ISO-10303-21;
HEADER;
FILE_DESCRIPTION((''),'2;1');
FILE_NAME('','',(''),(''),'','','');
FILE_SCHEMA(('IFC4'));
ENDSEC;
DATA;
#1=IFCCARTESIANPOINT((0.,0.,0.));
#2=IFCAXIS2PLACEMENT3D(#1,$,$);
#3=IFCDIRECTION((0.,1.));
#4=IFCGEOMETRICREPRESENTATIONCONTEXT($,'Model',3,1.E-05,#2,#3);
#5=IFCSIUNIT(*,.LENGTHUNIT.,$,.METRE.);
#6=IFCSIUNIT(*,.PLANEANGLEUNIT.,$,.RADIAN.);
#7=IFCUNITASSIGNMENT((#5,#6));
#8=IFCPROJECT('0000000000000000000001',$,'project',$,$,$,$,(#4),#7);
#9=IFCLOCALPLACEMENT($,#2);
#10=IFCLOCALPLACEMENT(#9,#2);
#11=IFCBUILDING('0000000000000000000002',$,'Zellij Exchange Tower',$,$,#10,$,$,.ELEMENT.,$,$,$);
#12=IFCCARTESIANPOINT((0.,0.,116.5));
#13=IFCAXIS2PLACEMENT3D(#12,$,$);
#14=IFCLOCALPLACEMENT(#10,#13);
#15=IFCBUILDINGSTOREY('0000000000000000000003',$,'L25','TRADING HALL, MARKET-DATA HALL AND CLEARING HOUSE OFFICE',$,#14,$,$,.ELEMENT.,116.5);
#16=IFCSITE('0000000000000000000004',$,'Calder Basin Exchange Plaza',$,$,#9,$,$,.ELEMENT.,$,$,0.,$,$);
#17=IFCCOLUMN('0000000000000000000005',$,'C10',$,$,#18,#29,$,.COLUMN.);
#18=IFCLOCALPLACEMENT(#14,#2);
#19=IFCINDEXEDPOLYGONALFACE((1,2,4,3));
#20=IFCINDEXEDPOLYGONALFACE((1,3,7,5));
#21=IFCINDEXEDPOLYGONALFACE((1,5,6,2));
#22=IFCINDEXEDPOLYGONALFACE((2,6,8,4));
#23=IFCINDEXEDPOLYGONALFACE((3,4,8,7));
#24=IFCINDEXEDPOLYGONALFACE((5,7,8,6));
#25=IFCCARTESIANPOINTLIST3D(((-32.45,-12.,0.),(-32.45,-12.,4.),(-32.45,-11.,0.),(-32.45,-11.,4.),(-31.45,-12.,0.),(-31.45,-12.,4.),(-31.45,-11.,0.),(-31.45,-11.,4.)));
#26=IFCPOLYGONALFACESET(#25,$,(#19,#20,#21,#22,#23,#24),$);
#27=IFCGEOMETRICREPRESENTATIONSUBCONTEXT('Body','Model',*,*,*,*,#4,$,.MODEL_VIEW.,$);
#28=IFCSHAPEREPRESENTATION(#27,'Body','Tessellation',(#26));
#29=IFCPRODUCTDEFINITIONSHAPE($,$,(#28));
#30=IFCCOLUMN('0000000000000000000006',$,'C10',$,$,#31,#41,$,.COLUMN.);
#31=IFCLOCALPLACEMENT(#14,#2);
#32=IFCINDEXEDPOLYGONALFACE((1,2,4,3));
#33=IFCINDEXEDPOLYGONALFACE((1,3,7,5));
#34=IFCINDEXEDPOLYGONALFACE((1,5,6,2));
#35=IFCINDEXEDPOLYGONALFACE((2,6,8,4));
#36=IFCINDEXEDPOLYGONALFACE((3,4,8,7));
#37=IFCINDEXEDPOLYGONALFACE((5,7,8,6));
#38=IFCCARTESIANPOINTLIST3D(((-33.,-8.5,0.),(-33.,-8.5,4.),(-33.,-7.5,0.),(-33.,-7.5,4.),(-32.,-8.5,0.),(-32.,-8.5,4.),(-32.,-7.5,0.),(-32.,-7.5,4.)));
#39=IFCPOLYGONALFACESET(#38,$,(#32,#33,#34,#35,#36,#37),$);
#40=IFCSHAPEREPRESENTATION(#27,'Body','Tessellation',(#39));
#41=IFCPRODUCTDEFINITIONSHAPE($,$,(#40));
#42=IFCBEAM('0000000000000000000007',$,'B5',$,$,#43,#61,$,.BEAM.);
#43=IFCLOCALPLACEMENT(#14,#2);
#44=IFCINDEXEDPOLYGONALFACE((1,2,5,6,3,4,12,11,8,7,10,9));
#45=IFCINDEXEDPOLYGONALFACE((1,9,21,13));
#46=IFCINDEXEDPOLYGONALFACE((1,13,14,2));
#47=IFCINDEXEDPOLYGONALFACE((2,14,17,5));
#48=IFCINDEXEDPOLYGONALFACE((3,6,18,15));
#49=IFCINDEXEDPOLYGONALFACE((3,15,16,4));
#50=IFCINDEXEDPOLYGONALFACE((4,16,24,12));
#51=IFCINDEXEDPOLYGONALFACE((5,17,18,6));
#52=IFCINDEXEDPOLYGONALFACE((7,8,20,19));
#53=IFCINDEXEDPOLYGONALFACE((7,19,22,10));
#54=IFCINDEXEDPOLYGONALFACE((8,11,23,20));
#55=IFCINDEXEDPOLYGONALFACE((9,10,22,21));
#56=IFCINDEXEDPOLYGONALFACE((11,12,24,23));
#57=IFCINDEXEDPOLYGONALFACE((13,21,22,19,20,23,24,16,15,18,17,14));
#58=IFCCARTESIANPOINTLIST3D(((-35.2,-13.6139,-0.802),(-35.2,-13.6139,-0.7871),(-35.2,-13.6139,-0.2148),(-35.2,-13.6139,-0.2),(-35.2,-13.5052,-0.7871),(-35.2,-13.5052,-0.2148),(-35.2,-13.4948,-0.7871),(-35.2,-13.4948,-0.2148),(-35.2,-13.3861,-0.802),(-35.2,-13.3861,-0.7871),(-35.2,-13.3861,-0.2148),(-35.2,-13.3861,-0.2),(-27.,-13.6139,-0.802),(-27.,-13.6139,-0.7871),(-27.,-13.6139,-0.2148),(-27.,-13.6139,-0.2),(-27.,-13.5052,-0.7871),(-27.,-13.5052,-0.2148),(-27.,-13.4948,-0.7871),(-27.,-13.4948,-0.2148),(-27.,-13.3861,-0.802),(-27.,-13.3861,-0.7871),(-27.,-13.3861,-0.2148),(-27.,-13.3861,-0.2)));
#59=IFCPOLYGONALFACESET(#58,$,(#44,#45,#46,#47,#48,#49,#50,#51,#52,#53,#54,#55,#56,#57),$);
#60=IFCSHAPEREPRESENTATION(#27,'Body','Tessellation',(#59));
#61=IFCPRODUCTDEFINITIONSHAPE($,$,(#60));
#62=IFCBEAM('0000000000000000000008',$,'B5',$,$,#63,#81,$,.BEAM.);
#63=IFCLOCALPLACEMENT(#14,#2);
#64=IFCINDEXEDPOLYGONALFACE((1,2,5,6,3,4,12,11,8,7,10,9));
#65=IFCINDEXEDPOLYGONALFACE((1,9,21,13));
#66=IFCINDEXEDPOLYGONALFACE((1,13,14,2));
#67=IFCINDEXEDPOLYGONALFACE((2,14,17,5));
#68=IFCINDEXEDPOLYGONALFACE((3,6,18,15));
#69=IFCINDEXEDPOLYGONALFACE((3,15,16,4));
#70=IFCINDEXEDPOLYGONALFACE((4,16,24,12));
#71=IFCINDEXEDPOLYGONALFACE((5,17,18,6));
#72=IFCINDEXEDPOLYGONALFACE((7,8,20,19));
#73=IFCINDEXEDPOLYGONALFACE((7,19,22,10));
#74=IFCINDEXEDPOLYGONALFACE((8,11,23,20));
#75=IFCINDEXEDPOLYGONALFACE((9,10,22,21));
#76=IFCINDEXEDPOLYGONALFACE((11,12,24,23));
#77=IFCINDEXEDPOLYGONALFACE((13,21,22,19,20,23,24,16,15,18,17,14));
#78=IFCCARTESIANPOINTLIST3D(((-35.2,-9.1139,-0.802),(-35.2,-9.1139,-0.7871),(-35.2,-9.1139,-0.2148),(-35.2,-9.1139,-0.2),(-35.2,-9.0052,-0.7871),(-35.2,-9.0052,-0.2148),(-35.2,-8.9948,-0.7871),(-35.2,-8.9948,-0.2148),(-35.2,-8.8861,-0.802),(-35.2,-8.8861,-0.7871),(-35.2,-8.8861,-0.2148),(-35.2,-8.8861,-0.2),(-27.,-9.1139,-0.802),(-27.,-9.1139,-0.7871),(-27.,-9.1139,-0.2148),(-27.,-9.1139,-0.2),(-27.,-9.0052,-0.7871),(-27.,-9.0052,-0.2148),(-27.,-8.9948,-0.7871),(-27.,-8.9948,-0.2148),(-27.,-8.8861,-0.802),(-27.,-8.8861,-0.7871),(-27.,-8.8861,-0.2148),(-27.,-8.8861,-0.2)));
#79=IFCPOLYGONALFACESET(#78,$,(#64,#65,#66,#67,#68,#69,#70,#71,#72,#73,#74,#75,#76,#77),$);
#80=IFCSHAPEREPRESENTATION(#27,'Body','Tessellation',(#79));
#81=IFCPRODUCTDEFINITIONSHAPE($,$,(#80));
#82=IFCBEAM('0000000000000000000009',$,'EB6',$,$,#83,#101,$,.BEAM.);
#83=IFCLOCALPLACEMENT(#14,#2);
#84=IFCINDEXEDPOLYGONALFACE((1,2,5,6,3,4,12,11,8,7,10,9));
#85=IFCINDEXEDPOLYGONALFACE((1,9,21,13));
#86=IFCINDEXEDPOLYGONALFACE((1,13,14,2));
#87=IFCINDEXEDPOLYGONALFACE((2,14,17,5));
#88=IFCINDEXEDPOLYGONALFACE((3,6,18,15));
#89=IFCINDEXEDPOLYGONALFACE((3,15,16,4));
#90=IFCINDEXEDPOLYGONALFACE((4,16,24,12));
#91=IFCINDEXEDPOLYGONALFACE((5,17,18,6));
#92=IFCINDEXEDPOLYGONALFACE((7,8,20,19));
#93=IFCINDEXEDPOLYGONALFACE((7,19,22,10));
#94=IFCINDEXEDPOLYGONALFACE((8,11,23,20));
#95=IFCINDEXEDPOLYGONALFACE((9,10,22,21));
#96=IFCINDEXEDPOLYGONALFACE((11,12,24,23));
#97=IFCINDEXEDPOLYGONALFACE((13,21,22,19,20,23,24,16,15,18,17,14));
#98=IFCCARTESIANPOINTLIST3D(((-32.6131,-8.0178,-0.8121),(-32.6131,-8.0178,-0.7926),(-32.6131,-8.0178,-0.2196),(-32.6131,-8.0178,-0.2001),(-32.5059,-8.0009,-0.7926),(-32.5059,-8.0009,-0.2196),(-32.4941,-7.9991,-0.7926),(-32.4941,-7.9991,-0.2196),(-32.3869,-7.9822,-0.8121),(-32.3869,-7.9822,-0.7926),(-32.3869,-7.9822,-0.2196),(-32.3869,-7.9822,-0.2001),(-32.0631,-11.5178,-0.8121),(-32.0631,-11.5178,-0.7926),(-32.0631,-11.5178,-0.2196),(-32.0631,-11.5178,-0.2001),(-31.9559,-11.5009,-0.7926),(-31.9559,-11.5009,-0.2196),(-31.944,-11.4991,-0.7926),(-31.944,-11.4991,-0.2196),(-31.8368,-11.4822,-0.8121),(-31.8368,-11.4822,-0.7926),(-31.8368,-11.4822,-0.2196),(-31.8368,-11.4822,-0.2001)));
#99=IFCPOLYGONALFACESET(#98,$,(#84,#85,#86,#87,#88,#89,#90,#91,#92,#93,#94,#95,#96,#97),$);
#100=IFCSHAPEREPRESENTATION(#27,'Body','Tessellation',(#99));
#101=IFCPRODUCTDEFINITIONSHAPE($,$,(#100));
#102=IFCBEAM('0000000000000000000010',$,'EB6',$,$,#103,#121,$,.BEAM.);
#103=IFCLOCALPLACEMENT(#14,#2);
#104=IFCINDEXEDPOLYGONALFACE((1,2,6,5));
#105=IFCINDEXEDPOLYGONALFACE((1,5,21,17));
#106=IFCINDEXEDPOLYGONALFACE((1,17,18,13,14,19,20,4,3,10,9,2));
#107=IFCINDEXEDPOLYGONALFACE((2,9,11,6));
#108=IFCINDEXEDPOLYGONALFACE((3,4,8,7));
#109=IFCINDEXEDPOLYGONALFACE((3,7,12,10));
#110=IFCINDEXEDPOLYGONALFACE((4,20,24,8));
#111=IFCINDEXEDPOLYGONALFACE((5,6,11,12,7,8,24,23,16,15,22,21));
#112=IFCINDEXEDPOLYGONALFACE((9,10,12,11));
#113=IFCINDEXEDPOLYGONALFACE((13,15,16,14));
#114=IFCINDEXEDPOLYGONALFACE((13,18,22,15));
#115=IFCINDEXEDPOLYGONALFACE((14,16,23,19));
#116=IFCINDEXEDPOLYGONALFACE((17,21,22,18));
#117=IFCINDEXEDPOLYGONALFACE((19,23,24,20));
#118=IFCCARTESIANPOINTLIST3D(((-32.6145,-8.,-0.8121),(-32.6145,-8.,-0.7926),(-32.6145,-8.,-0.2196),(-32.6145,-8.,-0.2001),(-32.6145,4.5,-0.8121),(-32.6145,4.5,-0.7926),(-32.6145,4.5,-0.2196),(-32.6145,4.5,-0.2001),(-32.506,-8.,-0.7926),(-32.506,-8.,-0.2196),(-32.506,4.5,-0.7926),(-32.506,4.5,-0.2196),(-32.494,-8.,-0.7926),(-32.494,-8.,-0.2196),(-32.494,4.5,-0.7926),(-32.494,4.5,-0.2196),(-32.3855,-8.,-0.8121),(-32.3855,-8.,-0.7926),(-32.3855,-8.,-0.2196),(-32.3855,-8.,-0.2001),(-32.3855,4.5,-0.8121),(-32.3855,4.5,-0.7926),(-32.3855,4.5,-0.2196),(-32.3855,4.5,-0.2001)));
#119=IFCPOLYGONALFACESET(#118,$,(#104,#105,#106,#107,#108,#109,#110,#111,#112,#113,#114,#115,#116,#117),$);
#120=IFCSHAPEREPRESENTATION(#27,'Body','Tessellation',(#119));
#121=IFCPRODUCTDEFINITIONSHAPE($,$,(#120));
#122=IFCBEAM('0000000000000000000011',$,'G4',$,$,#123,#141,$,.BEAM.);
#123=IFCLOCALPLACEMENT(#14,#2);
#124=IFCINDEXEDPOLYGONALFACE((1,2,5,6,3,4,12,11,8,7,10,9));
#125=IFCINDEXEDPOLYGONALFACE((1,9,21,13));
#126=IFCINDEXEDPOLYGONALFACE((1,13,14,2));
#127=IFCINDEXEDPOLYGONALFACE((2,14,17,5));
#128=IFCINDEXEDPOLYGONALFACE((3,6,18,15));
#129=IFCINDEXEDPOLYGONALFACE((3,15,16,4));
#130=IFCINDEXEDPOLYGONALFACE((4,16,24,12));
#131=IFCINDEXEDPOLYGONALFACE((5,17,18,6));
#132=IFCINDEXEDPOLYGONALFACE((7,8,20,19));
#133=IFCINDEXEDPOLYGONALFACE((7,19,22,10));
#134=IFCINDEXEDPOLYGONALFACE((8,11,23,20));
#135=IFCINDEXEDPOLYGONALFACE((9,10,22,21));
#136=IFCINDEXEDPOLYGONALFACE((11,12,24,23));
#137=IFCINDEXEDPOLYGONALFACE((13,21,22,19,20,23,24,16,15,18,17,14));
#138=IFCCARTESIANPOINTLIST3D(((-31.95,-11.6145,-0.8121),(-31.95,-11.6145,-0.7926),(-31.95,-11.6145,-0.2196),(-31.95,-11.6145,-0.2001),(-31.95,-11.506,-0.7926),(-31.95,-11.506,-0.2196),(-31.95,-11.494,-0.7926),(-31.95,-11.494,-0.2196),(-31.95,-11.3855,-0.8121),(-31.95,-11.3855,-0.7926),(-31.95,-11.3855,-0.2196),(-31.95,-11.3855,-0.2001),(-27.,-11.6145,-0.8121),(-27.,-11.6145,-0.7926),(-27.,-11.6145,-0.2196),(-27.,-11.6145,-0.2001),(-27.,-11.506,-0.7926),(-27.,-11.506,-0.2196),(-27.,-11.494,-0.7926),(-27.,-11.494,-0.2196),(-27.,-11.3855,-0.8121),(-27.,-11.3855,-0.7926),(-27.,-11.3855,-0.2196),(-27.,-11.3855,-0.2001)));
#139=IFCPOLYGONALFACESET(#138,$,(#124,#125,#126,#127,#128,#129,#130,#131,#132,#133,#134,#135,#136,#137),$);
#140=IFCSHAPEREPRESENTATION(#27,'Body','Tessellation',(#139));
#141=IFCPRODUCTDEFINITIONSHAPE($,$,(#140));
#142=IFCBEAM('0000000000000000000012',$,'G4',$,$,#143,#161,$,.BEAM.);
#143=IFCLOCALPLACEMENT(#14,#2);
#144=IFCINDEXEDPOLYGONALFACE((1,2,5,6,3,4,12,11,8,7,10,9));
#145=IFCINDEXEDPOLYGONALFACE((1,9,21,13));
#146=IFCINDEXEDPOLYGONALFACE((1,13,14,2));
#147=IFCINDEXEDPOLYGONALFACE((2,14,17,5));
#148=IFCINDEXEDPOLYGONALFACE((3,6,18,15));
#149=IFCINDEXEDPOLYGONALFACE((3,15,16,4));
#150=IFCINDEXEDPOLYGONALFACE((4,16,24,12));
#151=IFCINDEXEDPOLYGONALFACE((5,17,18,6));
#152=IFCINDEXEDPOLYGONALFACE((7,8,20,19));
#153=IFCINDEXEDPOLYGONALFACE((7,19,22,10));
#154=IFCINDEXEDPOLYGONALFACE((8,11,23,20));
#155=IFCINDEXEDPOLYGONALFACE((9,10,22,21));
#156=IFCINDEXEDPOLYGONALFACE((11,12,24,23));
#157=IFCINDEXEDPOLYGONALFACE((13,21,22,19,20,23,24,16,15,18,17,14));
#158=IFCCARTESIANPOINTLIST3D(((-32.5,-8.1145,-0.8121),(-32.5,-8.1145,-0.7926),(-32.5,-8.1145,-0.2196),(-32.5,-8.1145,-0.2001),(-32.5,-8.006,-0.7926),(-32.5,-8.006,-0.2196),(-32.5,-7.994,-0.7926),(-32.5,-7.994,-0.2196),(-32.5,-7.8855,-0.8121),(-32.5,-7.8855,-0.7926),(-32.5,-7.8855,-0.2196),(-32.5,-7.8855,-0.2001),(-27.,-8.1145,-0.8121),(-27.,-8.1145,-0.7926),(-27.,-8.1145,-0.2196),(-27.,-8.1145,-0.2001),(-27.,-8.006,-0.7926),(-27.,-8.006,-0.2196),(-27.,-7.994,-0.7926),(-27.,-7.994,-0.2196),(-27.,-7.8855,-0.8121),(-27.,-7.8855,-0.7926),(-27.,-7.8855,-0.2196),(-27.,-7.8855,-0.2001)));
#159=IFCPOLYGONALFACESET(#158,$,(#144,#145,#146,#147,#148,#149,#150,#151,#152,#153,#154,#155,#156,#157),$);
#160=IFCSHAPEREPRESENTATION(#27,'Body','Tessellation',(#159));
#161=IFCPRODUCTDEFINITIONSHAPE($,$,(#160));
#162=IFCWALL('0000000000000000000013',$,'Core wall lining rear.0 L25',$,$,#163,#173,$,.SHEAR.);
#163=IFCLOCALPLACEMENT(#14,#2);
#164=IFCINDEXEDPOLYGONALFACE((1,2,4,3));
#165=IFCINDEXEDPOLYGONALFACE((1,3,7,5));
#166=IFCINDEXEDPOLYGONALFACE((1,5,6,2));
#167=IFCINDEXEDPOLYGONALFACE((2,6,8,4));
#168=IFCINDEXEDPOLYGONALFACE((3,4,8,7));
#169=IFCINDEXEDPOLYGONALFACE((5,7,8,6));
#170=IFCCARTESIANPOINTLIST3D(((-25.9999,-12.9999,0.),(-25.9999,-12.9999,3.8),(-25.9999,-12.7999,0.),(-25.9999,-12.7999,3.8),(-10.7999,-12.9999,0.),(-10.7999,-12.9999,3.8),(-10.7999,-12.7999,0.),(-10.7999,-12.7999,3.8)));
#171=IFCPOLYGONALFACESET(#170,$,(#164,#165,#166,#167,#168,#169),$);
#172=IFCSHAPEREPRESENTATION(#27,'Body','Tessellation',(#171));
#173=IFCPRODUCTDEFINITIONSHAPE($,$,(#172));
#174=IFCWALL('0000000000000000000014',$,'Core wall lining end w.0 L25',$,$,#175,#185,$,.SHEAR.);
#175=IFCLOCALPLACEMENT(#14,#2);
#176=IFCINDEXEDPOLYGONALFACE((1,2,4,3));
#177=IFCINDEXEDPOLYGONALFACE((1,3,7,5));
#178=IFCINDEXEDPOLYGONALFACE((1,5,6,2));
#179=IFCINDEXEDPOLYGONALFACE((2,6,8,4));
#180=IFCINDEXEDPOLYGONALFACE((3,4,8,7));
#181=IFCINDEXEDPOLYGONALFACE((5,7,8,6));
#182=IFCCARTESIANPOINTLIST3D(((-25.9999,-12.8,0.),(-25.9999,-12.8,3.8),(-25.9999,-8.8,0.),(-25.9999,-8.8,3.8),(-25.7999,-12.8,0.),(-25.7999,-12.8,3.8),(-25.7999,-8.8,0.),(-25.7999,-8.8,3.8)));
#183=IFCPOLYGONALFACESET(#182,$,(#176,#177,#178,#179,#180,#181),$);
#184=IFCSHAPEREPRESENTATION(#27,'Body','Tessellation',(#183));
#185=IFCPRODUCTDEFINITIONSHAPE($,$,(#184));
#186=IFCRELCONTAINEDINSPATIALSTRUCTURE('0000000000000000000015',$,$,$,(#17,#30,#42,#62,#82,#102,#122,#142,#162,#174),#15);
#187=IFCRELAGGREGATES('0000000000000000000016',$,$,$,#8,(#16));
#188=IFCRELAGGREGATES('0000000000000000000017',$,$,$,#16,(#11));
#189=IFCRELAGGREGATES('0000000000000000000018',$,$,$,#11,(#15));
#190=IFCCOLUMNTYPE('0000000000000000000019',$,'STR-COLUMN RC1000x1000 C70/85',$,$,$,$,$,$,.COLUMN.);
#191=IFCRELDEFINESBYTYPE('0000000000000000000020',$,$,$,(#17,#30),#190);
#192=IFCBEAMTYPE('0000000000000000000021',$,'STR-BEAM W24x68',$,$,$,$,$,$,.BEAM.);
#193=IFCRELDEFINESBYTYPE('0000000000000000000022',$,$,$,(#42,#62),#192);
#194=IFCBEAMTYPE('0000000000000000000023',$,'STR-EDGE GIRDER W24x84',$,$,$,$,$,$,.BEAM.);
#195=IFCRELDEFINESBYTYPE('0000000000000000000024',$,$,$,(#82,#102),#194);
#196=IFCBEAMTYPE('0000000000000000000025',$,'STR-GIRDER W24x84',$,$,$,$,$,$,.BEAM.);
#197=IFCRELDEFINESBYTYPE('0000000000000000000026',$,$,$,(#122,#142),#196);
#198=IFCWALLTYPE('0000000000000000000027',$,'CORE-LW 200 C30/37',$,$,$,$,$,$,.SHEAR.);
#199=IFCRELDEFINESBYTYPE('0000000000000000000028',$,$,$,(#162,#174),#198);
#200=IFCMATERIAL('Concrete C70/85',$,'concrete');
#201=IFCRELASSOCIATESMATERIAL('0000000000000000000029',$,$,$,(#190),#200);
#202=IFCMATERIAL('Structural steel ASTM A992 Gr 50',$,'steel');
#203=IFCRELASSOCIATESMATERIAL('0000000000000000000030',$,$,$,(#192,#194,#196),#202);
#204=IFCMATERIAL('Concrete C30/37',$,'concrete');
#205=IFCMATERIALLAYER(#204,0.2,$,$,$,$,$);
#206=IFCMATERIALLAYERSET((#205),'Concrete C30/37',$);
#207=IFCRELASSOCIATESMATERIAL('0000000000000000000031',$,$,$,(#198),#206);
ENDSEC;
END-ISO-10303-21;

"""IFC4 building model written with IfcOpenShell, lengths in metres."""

from ifc_helpers import new_model, si_unit, direction, frame, frame_2d, origin, origin_2d, place, context, subcontext, project, spatial, rectangle, i_section, extrude, material, layer, layer_set, material_profile, profile_set, type_object, element, save


model = new_model("IFC4")

# Units and contexts
model_context = context("Model", 3, precision=1e-05, world=origin(), true_north=direction((0.0, 1.0)))
body_context = subcontext(model_context, "Body", "Model", "MODEL_VIEW")
ifc_project = project(units=[si_unit("LENGTHUNIT", "METRE"), si_unit("PLANEANGLEUNIT", "RADIAN")], contexts=[model_context])

# Site, building, storey
site_placement = place(None, origin())
site = spatial("IfcSite", under=ifc_project, at=site_placement, Name="Calder Basin Exchange Plaza", CompositionType="ELEMENT", RefElevation=0.0)
building_placement = place(site_placement, origin())
building = spatial("IfcBuilding", under=site, at=building_placement, Name="Zellij Exchange Tower", CompositionType="ELEMENT")
storey_placement = place(building_placement, frame((0.0, 0.0, 116.5)))
storey = spatial("IfcBuildingStorey", under=building, at=storey_placement, Name="L25", Description="TRADING HALL, MARKET-DATA HALL AND CLEARING HOUSE OFFICE", CompositionType="ELEMENT", Elevation=116.5)

# Columns
ifc_material_1 = material(Name="Concrete C70/85", Category="concrete")
ifc_material_profile_1 = material_profile(ifc_material_1, rectangle(XDim=1.0, YDim=1.0, at=origin_2d()), Name="STR-COLUMN RC1000x1000 C70/85")
ifc_profile_set_1 = profile_set([ifc_material_profile_1], Name="Concrete C70/85")
column_type = type_object("IfcColumnType", Name="STR-COLUMN RC1000x1000 C70/85", PredefinedType="COLUMN", material=ifc_profile_set_1)
for number, where, z_axis, x_axis, name in (
    (1, (-31.95, -11.5, 0.0), (0.0, 0.0, 1.0), (1.0, 0.0, 0.0), "C10"),
    (2, (-32.5, -8.0, 0.0), (0.0, 0.0, 1.0), (1.0, 0.0, 0.0), "C10"),
):
    element("IfcColumn", number, at=place(storey_placement, frame(where, z_axis=z_axis, x_axis=x_axis)), inside=storey, type_object=column_type, Name=name, PredefinedType="COLUMN", context=body_context, shape_type="SweptSolid", body=[
        extrude(rectangle(XDim=1.0, YDim=1.0, at=origin_2d()), origin(), (0.0, 0.0, 1.0), 4.0),
    ])

# Beams
ifc_material_2 = material(Name="Structural steel ASTM A992 Gr 50", Category="steel")
ifc_material_profile_2 = material_profile(ifc_material_2, i_section(OverallWidth=0.2278, OverallDepth=0.6021, WebThickness=0.0105, FlangeThickness=0.0149, at=origin_2d()), Name="W24x68")
ifc_profile_set_2 = profile_set([ifc_material_profile_2], Name="Structural steel ASTM A992 Gr 50")
beam_type_1 = type_object("IfcBeamType", Name="STR-BEAM W24x68", PredefinedType="BEAM", material=ifc_profile_set_2)
for number, where, z_axis, x_axis, name in (
    (3, (-35.2, -13.5, -0.501), (1.0, 0.0, 0.0), (0.0, 1.0, 0.0), "B5"),
    (4, (-35.2, -9.0, -0.501), (1.0, 0.0, 0.0), (0.0, 1.0, 0.0), "B5"),
):
    element("IfcBeam", number, at=place(storey_placement, frame(where, z_axis=z_axis, x_axis=x_axis)), inside=storey, type_object=beam_type_1, Name=name, PredefinedType="BEAM", context=body_context, shape_type="SweptSolid", body=[
        extrude(i_section(OverallWidth=0.2278, OverallDepth=0.6021, WebThickness=0.0105, FlangeThickness=0.0149, at=origin_2d()), origin(), (0.0, 0.0, 1.0), 8.2),
    ])
ifc_material_profile_3 = material_profile(ifc_material_2, i_section(OverallWidth=0.229, OverallDepth=0.6121, WebThickness=0.012, FlangeThickness=0.0195, at=origin_2d()), Name="W24x84")
ifc_profile_set_3 = profile_set([ifc_material_profile_3], Name="Structural steel ASTM A992 Gr 50")
beam_type_2 = type_object("IfcBeamType", Name="STR-EDGE GIRDER W24x84", PredefinedType="BEAM", material=ifc_profile_set_3)
beam_1_placement = place(storey_placement, frame((-31.95, -11.5, -0.5061), z_axis=(-0.155251, 0.987875, 0.0), x_axis=(-0.987875, -0.155251, 0.0)))
element("IfcBeam", 5, at=beam_1_placement, inside=storey, type_object=beam_type_2, Name="EB6", PredefinedType="BEAM", context=body_context, shape_type="SweptSolid", body=[
    extrude(i_section(OverallWidth=0.229, OverallDepth=0.6121, WebThickness=0.012, FlangeThickness=0.0195, at=origin_2d()), origin(), (0.0, 0.0, 1.0), 3.543),
])
beam_2_placement = place(storey_placement, frame((-32.5, -8.0, -0.5061), z_axis=(0.0, 1.0, 0.0), x_axis=(-1.0, 0.0, 0.0)))
element("IfcBeam", 6, at=beam_2_placement, inside=storey, type_object=beam_type_2, Name="EB6", PredefinedType="BEAM", context=body_context, shape_type="SweptSolid", body=[
    extrude(i_section(OverallWidth=0.229, OverallDepth=0.6121, WebThickness=0.012, FlangeThickness=0.0195, at=origin_2d()), origin(), (0.0, 0.0, 1.0), 12.5),
])
ifc_material_profile_4 = material_profile(ifc_material_2, i_section(OverallWidth=0.229, OverallDepth=0.6121, WebThickness=0.012, FlangeThickness=0.0195, at=origin_2d()), Name="W24x84")
ifc_profile_set_4 = profile_set([ifc_material_profile_4], Name="Structural steel ASTM A992 Gr 50")
beam_type_3 = type_object("IfcBeamType", Name="STR-GIRDER W24x84", PredefinedType="BEAM", material=ifc_profile_set_4)
beam_3_placement = place(storey_placement, frame((-31.95, -11.5, -0.5061), z_axis=(1.0, 0.0, 0.0), x_axis=(0.0, 1.0, 0.0)))
element("IfcBeam", 7, at=beam_3_placement, inside=storey, type_object=beam_type_3, Name="G4", PredefinedType="BEAM", context=body_context, shape_type="SweptSolid", body=[
    extrude(i_section(OverallWidth=0.229, OverallDepth=0.6121, WebThickness=0.012, FlangeThickness=0.0195, at=origin_2d()), origin(), (0.0, 0.0, 1.0), 4.95),
])
beam_4_placement = place(storey_placement, frame((-32.5, -8.0, -0.5061), z_axis=(1.0, 0.0, 0.0), x_axis=(0.0, 1.0, 0.0)))
element("IfcBeam", 8, at=beam_4_placement, inside=storey, type_object=beam_type_3, Name="G4", PredefinedType="BEAM", context=body_context, shape_type="SweptSolid", body=[
    extrude(i_section(OverallWidth=0.229, OverallDepth=0.6121, WebThickness=0.012, FlangeThickness=0.0195, at=origin_2d()), origin(), (0.0, 0.0, 1.0), 5.5),
])

# Walls
ifc_material_3 = material(Name="Concrete C30/37", Category="concrete")
ifc_layer_1 = layer(ifc_material_3, 0.2)
ifc_layer_set_1 = layer_set([ifc_layer_1], Name="Concrete C30/37")
wall_type_1 = type_object("IfcWallType", Name="CORE-LW 200 C30/37", PredefinedType="SHEAR", material=ifc_layer_set_1)
wall_1_placement = place(storey_placement, frame((-26.0, -12.8999, 0.0), z_axis=(0.0, 0.0, 1.0), x_axis=(1.0, 0.0, 0.0)))
element("IfcWall", 9, at=wall_1_placement, inside=storey, type_object=wall_type_1, Name="Core wall lining rear.0 L25", PredefinedType="SHEAR", context=body_context, shape_type="SweptSolid", body=[
    extrude(rectangle(XDim=15.2, YDim=0.2, at=frame_2d((7.6001, 0.0))), origin(), (0.0, 0.0, 1.0), 3.8),
])
wall_2_placement = place(storey_placement, frame((-25.8999, -12.8, 0.0), z_axis=(0.0, 0.0, 1.0), x_axis=(0.0, 1.0, 0.0)))
element("IfcWall", 10, at=wall_2_placement, inside=storey, type_object=wall_type_1, Name="Core wall lining end w.0 L25", PredefinedType="SHEAR", context=body_context, shape_type="SweptSolid", body=[
    extrude(rectangle(XDim=4.0, YDim=0.2, at=frame_2d((2.0, 0.0))), origin(), (0.0, 0.0, 1.0), 3.8),
])

save(model, "model.ifc")
